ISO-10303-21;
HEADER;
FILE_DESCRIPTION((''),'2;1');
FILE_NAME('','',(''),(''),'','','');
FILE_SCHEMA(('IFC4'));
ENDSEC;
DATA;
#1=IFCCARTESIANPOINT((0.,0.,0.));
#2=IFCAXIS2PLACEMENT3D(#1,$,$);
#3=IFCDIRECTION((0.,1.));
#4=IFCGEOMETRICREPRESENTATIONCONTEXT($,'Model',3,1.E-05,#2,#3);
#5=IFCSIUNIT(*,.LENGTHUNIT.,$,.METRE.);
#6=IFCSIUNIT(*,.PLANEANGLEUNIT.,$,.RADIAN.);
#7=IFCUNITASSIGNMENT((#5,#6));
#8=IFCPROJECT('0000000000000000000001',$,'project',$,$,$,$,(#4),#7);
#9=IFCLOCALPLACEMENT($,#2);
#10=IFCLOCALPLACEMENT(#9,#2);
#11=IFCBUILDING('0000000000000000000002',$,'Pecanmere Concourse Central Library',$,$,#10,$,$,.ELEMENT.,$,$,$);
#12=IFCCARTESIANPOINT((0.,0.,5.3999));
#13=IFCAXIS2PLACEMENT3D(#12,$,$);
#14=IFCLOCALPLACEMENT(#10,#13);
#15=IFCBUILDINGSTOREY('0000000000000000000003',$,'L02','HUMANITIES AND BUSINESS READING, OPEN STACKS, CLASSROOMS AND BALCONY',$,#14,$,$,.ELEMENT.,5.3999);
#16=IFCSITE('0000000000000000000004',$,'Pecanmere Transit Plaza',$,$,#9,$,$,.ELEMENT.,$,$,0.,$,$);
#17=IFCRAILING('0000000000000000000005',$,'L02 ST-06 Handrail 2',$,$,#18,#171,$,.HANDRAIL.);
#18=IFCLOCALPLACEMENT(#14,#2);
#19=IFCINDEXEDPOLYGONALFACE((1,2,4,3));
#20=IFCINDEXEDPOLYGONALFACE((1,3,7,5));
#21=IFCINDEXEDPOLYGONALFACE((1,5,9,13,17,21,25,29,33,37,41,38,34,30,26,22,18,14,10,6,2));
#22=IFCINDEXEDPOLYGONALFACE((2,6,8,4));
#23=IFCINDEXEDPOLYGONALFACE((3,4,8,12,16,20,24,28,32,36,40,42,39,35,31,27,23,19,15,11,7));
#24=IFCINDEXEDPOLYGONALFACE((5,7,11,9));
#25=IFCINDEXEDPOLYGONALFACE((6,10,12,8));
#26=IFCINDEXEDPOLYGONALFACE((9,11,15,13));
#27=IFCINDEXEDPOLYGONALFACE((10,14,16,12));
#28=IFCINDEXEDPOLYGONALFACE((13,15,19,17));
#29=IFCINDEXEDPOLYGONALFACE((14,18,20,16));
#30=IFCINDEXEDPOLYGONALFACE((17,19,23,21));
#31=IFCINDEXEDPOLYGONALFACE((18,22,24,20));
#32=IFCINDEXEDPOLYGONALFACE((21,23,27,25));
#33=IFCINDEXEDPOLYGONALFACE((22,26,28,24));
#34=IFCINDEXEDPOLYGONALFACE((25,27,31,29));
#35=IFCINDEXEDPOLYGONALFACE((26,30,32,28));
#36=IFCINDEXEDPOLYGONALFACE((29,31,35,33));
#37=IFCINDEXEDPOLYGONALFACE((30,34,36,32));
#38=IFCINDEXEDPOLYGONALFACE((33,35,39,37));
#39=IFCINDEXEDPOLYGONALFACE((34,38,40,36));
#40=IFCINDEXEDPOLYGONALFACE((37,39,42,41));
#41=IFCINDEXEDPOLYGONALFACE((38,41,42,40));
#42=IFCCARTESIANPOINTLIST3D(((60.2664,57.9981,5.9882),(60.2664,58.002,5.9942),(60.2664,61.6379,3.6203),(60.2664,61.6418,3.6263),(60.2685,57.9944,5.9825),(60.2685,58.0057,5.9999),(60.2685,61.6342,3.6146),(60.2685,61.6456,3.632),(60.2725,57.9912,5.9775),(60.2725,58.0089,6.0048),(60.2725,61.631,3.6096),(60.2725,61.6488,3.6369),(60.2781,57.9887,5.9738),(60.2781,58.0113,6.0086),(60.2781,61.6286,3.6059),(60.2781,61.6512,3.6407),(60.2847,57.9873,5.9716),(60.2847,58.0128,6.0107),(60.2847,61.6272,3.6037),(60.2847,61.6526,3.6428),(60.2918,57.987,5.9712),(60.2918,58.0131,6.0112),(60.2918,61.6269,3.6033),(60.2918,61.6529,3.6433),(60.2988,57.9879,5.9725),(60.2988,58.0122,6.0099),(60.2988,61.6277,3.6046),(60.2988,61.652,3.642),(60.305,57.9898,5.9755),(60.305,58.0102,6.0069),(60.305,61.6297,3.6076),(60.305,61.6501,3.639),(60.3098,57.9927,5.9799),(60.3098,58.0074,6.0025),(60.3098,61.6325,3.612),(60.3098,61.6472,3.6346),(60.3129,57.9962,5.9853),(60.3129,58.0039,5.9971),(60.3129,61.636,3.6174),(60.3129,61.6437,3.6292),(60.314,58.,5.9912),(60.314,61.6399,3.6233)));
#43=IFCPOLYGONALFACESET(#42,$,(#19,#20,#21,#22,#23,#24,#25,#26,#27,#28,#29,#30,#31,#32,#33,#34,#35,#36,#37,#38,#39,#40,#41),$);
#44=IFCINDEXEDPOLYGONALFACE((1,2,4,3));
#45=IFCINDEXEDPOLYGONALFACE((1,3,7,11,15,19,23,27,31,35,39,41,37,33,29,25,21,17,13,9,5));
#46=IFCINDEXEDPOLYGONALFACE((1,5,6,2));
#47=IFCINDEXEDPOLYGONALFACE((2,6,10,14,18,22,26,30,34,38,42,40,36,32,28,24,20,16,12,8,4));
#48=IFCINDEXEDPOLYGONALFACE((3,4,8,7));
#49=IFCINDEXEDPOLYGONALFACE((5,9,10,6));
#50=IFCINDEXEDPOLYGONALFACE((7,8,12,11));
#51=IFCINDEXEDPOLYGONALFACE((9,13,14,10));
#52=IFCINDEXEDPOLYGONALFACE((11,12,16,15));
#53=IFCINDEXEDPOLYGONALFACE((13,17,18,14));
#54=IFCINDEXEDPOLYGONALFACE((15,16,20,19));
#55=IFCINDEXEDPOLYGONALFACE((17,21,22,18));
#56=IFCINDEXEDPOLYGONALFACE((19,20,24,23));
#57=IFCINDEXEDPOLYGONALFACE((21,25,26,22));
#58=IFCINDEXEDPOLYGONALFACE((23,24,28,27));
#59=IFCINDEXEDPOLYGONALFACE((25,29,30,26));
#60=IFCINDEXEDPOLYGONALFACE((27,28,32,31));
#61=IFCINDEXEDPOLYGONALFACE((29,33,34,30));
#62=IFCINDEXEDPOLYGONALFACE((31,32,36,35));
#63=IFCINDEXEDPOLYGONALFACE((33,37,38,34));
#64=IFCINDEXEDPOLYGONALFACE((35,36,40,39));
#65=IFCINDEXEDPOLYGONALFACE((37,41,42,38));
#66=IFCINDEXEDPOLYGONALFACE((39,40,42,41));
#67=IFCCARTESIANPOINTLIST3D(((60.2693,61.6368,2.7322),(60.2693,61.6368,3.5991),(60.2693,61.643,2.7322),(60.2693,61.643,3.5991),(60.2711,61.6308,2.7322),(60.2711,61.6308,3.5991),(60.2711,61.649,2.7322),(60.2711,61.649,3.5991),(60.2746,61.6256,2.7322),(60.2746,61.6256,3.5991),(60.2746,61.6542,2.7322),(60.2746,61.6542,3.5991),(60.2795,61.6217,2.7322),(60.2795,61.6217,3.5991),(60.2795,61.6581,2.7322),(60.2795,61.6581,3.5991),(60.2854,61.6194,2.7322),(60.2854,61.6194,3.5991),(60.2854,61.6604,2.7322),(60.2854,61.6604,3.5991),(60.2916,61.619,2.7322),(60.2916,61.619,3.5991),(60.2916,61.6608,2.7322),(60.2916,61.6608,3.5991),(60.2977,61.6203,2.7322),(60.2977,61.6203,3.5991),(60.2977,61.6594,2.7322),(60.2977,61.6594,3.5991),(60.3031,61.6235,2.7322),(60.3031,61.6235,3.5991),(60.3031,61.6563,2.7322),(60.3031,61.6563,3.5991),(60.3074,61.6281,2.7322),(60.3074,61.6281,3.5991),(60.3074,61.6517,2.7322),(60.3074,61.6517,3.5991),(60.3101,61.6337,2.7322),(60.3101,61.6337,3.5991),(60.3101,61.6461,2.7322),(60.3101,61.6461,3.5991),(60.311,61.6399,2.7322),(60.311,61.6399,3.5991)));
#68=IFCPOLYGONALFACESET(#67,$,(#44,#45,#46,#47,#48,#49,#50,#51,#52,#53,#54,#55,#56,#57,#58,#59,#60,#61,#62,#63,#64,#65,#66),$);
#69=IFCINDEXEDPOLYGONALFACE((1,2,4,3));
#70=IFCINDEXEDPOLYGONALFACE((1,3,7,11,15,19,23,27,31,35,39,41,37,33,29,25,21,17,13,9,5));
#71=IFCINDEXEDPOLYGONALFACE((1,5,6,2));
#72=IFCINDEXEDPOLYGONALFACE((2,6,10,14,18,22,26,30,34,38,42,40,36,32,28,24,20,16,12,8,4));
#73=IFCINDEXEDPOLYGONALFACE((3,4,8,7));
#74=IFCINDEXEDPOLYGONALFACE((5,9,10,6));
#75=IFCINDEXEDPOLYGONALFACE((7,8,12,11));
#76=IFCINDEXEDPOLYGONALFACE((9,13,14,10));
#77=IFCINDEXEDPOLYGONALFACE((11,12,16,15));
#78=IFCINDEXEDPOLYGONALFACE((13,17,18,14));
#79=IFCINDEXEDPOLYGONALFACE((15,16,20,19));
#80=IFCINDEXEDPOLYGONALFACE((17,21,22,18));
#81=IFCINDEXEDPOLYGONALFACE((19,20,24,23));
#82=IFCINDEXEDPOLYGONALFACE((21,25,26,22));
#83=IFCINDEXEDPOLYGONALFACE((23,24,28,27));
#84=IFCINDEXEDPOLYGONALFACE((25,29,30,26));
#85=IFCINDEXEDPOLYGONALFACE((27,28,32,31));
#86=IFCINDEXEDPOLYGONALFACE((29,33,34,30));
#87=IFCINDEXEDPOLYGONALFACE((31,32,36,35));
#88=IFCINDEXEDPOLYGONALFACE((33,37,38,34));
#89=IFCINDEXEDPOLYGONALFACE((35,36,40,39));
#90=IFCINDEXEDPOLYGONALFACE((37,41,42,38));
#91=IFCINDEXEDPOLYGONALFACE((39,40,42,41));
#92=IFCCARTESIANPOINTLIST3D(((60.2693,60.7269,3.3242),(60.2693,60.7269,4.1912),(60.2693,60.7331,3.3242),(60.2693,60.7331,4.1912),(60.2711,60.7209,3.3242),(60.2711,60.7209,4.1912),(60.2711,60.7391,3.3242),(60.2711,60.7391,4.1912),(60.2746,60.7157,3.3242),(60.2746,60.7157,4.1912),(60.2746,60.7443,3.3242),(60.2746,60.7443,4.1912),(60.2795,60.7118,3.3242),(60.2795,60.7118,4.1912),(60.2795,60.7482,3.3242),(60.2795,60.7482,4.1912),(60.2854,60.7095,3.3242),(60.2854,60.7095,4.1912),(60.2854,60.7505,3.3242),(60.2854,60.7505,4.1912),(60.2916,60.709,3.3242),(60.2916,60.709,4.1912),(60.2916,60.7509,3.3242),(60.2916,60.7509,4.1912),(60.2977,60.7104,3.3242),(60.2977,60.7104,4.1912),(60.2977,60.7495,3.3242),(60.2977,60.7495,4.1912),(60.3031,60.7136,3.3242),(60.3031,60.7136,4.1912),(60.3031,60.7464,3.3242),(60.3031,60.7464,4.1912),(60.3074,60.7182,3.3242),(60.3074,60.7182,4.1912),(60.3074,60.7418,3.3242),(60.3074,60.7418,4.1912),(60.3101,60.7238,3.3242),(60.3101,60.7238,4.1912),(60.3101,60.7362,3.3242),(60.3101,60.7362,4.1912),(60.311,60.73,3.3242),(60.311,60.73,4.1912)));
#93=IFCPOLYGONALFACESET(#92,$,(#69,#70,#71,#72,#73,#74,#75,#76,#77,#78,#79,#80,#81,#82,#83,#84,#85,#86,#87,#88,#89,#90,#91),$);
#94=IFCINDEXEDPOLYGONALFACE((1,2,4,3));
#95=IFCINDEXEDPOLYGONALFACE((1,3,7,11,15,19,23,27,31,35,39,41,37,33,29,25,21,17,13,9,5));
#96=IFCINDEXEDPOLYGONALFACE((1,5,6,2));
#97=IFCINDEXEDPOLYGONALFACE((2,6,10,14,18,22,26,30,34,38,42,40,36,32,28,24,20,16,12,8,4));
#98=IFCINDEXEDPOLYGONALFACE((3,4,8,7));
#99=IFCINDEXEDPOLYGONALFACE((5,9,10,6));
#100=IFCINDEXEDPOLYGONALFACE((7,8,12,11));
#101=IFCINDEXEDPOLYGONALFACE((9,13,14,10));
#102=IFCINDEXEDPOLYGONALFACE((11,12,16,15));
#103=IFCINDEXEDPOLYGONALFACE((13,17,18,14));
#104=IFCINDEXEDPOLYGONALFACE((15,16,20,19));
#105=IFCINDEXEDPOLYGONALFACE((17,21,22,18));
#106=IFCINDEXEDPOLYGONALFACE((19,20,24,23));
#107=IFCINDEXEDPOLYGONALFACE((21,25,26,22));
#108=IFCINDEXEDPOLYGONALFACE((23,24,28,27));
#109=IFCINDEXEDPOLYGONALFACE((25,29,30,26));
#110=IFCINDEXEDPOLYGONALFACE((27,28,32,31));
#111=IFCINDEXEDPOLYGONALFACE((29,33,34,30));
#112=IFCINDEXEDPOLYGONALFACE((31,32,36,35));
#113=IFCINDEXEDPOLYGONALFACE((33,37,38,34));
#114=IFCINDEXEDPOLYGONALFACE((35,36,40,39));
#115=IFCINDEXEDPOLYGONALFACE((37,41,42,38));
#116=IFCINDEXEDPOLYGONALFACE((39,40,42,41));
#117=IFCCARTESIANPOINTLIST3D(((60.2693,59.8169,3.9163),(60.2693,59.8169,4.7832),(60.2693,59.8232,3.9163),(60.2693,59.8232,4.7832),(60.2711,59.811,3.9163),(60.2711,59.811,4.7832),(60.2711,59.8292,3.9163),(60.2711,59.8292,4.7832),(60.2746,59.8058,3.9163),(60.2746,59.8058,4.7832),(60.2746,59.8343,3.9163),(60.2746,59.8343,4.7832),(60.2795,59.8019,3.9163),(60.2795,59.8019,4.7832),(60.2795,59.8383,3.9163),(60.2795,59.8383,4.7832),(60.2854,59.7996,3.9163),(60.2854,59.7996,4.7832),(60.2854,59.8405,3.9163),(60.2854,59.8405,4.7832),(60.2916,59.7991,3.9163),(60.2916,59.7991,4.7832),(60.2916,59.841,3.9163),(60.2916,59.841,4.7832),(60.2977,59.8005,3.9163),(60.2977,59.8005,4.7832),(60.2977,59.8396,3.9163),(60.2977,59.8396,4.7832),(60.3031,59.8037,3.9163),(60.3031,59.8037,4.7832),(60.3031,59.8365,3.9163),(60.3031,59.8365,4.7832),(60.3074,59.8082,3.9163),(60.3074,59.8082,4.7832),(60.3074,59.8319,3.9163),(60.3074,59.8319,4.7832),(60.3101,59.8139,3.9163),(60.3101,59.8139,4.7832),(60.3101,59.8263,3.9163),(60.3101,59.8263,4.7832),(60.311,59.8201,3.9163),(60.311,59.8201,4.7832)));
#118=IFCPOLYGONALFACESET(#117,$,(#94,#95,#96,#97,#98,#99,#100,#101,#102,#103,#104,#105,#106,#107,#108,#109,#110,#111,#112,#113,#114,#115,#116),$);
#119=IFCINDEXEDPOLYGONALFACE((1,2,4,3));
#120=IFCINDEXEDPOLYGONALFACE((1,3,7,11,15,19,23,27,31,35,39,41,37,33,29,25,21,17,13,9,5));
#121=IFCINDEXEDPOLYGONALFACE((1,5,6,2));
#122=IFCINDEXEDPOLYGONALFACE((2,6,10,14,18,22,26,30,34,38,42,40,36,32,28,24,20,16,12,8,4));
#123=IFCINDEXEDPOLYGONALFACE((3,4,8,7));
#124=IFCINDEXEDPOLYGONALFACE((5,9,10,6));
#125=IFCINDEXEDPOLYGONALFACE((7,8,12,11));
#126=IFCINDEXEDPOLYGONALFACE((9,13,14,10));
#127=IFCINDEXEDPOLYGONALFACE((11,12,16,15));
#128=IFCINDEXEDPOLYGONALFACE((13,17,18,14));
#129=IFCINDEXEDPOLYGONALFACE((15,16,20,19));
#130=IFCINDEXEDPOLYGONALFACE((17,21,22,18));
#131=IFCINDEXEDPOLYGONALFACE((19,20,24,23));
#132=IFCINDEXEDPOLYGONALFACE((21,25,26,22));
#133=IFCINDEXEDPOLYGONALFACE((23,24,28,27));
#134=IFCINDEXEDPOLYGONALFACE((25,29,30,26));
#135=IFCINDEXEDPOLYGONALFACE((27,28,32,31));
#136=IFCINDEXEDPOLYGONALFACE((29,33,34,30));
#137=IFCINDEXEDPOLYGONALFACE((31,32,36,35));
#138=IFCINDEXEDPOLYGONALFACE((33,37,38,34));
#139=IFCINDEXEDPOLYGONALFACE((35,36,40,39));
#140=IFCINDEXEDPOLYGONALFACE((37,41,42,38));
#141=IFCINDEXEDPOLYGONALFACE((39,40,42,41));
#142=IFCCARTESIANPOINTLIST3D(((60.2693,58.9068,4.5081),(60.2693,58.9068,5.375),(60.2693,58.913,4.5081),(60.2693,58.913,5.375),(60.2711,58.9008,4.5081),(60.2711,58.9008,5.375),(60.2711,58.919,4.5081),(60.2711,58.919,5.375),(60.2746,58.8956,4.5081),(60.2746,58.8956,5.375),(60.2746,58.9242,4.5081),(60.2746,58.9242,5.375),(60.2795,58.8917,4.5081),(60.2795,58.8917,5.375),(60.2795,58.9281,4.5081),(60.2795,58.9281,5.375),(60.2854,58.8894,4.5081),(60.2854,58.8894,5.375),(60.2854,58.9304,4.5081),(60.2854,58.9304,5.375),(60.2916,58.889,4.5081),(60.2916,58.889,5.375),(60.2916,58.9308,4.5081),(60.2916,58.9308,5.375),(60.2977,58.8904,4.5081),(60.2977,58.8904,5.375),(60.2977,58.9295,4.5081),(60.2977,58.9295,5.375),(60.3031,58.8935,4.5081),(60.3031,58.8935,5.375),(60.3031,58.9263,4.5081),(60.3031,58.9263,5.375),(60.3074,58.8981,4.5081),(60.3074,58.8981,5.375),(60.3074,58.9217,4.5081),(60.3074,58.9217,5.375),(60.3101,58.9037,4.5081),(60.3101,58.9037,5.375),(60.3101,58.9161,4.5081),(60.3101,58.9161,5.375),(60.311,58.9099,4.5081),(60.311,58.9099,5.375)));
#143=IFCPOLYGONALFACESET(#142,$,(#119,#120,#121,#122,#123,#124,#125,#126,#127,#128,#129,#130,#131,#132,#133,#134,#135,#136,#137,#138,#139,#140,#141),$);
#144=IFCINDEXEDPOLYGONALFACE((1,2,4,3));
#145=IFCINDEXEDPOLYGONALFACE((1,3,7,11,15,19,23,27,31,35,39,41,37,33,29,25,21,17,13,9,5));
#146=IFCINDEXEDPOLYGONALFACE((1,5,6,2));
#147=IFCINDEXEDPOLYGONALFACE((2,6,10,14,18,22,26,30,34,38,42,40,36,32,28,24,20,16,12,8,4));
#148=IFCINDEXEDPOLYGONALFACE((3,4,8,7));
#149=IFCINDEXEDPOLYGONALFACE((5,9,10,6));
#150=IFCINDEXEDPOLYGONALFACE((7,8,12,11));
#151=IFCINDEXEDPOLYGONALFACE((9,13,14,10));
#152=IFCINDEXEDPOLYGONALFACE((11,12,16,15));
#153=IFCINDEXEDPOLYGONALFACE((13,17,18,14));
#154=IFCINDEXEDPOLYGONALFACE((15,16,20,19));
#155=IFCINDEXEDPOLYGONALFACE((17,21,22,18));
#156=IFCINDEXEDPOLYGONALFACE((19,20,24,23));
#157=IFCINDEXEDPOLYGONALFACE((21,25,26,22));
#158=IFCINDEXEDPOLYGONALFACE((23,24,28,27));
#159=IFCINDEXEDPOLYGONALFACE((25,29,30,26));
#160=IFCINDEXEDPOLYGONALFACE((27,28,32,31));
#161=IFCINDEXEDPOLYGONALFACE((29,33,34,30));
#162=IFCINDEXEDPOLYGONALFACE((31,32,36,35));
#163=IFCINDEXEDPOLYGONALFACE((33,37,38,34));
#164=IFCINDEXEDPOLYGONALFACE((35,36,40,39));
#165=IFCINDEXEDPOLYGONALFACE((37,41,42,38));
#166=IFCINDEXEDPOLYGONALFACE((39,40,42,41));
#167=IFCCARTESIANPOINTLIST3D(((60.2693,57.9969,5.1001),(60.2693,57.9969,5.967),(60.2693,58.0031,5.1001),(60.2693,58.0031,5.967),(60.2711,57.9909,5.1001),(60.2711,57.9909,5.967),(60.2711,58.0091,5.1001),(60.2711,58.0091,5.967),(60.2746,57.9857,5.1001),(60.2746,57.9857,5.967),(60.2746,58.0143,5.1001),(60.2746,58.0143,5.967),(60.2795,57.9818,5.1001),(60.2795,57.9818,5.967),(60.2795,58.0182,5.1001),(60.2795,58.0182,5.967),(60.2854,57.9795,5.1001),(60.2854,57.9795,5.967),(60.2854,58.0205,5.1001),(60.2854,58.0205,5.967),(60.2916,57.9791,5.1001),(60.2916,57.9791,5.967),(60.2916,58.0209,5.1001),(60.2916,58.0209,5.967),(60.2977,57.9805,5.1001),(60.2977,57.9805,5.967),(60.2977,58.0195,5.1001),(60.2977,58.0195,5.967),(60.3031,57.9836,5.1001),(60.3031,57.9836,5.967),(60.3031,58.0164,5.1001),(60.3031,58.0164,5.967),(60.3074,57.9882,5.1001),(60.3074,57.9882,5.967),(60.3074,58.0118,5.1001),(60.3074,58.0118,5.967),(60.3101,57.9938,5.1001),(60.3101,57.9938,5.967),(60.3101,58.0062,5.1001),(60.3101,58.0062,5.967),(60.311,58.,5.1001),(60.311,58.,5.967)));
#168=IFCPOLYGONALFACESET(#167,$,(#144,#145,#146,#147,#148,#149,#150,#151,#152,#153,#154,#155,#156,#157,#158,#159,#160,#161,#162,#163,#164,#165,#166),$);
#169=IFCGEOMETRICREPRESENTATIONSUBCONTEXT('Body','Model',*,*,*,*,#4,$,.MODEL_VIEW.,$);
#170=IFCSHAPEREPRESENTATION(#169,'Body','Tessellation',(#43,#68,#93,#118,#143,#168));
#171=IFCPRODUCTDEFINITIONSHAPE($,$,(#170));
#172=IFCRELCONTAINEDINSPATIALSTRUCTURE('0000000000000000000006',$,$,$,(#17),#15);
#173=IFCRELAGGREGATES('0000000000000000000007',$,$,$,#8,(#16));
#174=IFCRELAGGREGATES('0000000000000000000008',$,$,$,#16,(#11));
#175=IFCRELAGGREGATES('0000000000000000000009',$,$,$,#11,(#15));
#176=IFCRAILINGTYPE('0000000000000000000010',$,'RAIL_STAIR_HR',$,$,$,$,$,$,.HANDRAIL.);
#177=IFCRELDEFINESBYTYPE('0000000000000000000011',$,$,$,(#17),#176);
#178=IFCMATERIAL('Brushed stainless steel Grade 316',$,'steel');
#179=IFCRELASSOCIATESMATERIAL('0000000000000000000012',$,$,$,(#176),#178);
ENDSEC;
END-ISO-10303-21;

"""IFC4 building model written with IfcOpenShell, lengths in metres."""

from ifc_helpers import new_model, si_unit, direction, frame, origin, origin_2d, place, context, subcontext, project, spatial, circle, extrude, material, type_object, element, save


model = new_model("IFC4")

# Units and contexts
model_context = context("Model", 3, precision=1e-05, world=origin(), true_north=direction((0.0, 1.0)))
body_context = subcontext(model_context, "Body", "Model", "MODEL_VIEW")
ifc_project = project(units=[si_unit("LENGTHUNIT", "METRE"), si_unit("PLANEANGLEUNIT", "RADIAN")], contexts=[model_context])

# Site, building, storey
site_placement = place(None, origin())
site = spatial("IfcSite", under=ifc_project, at=site_placement, Name="Pecanmere Transit Plaza", CompositionType="ELEMENT", RefElevation=0.0)
building_placement = place(site_placement, origin())
building = spatial("IfcBuilding", under=site, at=building_placement, Name="Pecanmere Concourse Central Library", CompositionType="ELEMENT")
storey_placement = place(building_placement, frame((0.0, 0.0, 5.3999)))
storey = spatial("IfcBuildingStorey", under=building, at=storey_placement, Name="L02", Description="HUMANITIES AND BUSINESS READING, OPEN STACKS, CLASSROOMS AND BALCONY", CompositionType="ELEMENT", Elevation=5.3999)

# Railing
ifc_material_1 = material(Name="Brushed stainless steel Grade 316", Category="steel")
railing_type_1 = type_object("IfcRailingType", Name="RAIL_STAIR_HR", PredefinedType="HANDRAIL", material=ifc_material_1)
railing_1_placement = place(storey_placement, frame((60.29, 61.6399, 2.7322)))
element("IfcRailing", 1, at=railing_1_placement, inside=storey, type_object=railing_type_1, Name="L02 ST-06 Handrail 2", PredefinedType="HANDRAIL", context=body_context, shape_type="SweptSolid", body=[
    extrude(circle(Radius=0.0239, at=origin_2d()), frame((0.0, 0.0, 0.8911), z_axis=(0.0, -0.838234, 0.54531), x_axis=(1.0, 0.0, 0.0)), (0.0, 0.0, 1.0), 4.3423),
    extrude(circle(Radius=0.021, at=origin_2d()), origin(), (0.0, 0.0, 1.0), 0.8669),
    extrude(circle(Radius=0.021, at=origin_2d()), frame((0.0, -0.9099, 0.592)), (0.0, 0.0, 1.0), 0.8669),
    extrude(circle(Radius=0.021, at=origin_2d()), frame((0.0, -1.8198, 1.1841)), (0.0, 0.0, 1.0), 0.8669),
    extrude(circle(Radius=0.021, at=origin_2d()), frame((0.0, -2.73, 1.7759)), (0.0, 0.0, 1.0), 0.8669),
    extrude(circle(Radius=0.021, at=origin_2d()), frame((0.0, -3.6399, 2.3679)), (0.0, 0.0, 1.0), 0.8669),
])

save(model, "model.ifc")
